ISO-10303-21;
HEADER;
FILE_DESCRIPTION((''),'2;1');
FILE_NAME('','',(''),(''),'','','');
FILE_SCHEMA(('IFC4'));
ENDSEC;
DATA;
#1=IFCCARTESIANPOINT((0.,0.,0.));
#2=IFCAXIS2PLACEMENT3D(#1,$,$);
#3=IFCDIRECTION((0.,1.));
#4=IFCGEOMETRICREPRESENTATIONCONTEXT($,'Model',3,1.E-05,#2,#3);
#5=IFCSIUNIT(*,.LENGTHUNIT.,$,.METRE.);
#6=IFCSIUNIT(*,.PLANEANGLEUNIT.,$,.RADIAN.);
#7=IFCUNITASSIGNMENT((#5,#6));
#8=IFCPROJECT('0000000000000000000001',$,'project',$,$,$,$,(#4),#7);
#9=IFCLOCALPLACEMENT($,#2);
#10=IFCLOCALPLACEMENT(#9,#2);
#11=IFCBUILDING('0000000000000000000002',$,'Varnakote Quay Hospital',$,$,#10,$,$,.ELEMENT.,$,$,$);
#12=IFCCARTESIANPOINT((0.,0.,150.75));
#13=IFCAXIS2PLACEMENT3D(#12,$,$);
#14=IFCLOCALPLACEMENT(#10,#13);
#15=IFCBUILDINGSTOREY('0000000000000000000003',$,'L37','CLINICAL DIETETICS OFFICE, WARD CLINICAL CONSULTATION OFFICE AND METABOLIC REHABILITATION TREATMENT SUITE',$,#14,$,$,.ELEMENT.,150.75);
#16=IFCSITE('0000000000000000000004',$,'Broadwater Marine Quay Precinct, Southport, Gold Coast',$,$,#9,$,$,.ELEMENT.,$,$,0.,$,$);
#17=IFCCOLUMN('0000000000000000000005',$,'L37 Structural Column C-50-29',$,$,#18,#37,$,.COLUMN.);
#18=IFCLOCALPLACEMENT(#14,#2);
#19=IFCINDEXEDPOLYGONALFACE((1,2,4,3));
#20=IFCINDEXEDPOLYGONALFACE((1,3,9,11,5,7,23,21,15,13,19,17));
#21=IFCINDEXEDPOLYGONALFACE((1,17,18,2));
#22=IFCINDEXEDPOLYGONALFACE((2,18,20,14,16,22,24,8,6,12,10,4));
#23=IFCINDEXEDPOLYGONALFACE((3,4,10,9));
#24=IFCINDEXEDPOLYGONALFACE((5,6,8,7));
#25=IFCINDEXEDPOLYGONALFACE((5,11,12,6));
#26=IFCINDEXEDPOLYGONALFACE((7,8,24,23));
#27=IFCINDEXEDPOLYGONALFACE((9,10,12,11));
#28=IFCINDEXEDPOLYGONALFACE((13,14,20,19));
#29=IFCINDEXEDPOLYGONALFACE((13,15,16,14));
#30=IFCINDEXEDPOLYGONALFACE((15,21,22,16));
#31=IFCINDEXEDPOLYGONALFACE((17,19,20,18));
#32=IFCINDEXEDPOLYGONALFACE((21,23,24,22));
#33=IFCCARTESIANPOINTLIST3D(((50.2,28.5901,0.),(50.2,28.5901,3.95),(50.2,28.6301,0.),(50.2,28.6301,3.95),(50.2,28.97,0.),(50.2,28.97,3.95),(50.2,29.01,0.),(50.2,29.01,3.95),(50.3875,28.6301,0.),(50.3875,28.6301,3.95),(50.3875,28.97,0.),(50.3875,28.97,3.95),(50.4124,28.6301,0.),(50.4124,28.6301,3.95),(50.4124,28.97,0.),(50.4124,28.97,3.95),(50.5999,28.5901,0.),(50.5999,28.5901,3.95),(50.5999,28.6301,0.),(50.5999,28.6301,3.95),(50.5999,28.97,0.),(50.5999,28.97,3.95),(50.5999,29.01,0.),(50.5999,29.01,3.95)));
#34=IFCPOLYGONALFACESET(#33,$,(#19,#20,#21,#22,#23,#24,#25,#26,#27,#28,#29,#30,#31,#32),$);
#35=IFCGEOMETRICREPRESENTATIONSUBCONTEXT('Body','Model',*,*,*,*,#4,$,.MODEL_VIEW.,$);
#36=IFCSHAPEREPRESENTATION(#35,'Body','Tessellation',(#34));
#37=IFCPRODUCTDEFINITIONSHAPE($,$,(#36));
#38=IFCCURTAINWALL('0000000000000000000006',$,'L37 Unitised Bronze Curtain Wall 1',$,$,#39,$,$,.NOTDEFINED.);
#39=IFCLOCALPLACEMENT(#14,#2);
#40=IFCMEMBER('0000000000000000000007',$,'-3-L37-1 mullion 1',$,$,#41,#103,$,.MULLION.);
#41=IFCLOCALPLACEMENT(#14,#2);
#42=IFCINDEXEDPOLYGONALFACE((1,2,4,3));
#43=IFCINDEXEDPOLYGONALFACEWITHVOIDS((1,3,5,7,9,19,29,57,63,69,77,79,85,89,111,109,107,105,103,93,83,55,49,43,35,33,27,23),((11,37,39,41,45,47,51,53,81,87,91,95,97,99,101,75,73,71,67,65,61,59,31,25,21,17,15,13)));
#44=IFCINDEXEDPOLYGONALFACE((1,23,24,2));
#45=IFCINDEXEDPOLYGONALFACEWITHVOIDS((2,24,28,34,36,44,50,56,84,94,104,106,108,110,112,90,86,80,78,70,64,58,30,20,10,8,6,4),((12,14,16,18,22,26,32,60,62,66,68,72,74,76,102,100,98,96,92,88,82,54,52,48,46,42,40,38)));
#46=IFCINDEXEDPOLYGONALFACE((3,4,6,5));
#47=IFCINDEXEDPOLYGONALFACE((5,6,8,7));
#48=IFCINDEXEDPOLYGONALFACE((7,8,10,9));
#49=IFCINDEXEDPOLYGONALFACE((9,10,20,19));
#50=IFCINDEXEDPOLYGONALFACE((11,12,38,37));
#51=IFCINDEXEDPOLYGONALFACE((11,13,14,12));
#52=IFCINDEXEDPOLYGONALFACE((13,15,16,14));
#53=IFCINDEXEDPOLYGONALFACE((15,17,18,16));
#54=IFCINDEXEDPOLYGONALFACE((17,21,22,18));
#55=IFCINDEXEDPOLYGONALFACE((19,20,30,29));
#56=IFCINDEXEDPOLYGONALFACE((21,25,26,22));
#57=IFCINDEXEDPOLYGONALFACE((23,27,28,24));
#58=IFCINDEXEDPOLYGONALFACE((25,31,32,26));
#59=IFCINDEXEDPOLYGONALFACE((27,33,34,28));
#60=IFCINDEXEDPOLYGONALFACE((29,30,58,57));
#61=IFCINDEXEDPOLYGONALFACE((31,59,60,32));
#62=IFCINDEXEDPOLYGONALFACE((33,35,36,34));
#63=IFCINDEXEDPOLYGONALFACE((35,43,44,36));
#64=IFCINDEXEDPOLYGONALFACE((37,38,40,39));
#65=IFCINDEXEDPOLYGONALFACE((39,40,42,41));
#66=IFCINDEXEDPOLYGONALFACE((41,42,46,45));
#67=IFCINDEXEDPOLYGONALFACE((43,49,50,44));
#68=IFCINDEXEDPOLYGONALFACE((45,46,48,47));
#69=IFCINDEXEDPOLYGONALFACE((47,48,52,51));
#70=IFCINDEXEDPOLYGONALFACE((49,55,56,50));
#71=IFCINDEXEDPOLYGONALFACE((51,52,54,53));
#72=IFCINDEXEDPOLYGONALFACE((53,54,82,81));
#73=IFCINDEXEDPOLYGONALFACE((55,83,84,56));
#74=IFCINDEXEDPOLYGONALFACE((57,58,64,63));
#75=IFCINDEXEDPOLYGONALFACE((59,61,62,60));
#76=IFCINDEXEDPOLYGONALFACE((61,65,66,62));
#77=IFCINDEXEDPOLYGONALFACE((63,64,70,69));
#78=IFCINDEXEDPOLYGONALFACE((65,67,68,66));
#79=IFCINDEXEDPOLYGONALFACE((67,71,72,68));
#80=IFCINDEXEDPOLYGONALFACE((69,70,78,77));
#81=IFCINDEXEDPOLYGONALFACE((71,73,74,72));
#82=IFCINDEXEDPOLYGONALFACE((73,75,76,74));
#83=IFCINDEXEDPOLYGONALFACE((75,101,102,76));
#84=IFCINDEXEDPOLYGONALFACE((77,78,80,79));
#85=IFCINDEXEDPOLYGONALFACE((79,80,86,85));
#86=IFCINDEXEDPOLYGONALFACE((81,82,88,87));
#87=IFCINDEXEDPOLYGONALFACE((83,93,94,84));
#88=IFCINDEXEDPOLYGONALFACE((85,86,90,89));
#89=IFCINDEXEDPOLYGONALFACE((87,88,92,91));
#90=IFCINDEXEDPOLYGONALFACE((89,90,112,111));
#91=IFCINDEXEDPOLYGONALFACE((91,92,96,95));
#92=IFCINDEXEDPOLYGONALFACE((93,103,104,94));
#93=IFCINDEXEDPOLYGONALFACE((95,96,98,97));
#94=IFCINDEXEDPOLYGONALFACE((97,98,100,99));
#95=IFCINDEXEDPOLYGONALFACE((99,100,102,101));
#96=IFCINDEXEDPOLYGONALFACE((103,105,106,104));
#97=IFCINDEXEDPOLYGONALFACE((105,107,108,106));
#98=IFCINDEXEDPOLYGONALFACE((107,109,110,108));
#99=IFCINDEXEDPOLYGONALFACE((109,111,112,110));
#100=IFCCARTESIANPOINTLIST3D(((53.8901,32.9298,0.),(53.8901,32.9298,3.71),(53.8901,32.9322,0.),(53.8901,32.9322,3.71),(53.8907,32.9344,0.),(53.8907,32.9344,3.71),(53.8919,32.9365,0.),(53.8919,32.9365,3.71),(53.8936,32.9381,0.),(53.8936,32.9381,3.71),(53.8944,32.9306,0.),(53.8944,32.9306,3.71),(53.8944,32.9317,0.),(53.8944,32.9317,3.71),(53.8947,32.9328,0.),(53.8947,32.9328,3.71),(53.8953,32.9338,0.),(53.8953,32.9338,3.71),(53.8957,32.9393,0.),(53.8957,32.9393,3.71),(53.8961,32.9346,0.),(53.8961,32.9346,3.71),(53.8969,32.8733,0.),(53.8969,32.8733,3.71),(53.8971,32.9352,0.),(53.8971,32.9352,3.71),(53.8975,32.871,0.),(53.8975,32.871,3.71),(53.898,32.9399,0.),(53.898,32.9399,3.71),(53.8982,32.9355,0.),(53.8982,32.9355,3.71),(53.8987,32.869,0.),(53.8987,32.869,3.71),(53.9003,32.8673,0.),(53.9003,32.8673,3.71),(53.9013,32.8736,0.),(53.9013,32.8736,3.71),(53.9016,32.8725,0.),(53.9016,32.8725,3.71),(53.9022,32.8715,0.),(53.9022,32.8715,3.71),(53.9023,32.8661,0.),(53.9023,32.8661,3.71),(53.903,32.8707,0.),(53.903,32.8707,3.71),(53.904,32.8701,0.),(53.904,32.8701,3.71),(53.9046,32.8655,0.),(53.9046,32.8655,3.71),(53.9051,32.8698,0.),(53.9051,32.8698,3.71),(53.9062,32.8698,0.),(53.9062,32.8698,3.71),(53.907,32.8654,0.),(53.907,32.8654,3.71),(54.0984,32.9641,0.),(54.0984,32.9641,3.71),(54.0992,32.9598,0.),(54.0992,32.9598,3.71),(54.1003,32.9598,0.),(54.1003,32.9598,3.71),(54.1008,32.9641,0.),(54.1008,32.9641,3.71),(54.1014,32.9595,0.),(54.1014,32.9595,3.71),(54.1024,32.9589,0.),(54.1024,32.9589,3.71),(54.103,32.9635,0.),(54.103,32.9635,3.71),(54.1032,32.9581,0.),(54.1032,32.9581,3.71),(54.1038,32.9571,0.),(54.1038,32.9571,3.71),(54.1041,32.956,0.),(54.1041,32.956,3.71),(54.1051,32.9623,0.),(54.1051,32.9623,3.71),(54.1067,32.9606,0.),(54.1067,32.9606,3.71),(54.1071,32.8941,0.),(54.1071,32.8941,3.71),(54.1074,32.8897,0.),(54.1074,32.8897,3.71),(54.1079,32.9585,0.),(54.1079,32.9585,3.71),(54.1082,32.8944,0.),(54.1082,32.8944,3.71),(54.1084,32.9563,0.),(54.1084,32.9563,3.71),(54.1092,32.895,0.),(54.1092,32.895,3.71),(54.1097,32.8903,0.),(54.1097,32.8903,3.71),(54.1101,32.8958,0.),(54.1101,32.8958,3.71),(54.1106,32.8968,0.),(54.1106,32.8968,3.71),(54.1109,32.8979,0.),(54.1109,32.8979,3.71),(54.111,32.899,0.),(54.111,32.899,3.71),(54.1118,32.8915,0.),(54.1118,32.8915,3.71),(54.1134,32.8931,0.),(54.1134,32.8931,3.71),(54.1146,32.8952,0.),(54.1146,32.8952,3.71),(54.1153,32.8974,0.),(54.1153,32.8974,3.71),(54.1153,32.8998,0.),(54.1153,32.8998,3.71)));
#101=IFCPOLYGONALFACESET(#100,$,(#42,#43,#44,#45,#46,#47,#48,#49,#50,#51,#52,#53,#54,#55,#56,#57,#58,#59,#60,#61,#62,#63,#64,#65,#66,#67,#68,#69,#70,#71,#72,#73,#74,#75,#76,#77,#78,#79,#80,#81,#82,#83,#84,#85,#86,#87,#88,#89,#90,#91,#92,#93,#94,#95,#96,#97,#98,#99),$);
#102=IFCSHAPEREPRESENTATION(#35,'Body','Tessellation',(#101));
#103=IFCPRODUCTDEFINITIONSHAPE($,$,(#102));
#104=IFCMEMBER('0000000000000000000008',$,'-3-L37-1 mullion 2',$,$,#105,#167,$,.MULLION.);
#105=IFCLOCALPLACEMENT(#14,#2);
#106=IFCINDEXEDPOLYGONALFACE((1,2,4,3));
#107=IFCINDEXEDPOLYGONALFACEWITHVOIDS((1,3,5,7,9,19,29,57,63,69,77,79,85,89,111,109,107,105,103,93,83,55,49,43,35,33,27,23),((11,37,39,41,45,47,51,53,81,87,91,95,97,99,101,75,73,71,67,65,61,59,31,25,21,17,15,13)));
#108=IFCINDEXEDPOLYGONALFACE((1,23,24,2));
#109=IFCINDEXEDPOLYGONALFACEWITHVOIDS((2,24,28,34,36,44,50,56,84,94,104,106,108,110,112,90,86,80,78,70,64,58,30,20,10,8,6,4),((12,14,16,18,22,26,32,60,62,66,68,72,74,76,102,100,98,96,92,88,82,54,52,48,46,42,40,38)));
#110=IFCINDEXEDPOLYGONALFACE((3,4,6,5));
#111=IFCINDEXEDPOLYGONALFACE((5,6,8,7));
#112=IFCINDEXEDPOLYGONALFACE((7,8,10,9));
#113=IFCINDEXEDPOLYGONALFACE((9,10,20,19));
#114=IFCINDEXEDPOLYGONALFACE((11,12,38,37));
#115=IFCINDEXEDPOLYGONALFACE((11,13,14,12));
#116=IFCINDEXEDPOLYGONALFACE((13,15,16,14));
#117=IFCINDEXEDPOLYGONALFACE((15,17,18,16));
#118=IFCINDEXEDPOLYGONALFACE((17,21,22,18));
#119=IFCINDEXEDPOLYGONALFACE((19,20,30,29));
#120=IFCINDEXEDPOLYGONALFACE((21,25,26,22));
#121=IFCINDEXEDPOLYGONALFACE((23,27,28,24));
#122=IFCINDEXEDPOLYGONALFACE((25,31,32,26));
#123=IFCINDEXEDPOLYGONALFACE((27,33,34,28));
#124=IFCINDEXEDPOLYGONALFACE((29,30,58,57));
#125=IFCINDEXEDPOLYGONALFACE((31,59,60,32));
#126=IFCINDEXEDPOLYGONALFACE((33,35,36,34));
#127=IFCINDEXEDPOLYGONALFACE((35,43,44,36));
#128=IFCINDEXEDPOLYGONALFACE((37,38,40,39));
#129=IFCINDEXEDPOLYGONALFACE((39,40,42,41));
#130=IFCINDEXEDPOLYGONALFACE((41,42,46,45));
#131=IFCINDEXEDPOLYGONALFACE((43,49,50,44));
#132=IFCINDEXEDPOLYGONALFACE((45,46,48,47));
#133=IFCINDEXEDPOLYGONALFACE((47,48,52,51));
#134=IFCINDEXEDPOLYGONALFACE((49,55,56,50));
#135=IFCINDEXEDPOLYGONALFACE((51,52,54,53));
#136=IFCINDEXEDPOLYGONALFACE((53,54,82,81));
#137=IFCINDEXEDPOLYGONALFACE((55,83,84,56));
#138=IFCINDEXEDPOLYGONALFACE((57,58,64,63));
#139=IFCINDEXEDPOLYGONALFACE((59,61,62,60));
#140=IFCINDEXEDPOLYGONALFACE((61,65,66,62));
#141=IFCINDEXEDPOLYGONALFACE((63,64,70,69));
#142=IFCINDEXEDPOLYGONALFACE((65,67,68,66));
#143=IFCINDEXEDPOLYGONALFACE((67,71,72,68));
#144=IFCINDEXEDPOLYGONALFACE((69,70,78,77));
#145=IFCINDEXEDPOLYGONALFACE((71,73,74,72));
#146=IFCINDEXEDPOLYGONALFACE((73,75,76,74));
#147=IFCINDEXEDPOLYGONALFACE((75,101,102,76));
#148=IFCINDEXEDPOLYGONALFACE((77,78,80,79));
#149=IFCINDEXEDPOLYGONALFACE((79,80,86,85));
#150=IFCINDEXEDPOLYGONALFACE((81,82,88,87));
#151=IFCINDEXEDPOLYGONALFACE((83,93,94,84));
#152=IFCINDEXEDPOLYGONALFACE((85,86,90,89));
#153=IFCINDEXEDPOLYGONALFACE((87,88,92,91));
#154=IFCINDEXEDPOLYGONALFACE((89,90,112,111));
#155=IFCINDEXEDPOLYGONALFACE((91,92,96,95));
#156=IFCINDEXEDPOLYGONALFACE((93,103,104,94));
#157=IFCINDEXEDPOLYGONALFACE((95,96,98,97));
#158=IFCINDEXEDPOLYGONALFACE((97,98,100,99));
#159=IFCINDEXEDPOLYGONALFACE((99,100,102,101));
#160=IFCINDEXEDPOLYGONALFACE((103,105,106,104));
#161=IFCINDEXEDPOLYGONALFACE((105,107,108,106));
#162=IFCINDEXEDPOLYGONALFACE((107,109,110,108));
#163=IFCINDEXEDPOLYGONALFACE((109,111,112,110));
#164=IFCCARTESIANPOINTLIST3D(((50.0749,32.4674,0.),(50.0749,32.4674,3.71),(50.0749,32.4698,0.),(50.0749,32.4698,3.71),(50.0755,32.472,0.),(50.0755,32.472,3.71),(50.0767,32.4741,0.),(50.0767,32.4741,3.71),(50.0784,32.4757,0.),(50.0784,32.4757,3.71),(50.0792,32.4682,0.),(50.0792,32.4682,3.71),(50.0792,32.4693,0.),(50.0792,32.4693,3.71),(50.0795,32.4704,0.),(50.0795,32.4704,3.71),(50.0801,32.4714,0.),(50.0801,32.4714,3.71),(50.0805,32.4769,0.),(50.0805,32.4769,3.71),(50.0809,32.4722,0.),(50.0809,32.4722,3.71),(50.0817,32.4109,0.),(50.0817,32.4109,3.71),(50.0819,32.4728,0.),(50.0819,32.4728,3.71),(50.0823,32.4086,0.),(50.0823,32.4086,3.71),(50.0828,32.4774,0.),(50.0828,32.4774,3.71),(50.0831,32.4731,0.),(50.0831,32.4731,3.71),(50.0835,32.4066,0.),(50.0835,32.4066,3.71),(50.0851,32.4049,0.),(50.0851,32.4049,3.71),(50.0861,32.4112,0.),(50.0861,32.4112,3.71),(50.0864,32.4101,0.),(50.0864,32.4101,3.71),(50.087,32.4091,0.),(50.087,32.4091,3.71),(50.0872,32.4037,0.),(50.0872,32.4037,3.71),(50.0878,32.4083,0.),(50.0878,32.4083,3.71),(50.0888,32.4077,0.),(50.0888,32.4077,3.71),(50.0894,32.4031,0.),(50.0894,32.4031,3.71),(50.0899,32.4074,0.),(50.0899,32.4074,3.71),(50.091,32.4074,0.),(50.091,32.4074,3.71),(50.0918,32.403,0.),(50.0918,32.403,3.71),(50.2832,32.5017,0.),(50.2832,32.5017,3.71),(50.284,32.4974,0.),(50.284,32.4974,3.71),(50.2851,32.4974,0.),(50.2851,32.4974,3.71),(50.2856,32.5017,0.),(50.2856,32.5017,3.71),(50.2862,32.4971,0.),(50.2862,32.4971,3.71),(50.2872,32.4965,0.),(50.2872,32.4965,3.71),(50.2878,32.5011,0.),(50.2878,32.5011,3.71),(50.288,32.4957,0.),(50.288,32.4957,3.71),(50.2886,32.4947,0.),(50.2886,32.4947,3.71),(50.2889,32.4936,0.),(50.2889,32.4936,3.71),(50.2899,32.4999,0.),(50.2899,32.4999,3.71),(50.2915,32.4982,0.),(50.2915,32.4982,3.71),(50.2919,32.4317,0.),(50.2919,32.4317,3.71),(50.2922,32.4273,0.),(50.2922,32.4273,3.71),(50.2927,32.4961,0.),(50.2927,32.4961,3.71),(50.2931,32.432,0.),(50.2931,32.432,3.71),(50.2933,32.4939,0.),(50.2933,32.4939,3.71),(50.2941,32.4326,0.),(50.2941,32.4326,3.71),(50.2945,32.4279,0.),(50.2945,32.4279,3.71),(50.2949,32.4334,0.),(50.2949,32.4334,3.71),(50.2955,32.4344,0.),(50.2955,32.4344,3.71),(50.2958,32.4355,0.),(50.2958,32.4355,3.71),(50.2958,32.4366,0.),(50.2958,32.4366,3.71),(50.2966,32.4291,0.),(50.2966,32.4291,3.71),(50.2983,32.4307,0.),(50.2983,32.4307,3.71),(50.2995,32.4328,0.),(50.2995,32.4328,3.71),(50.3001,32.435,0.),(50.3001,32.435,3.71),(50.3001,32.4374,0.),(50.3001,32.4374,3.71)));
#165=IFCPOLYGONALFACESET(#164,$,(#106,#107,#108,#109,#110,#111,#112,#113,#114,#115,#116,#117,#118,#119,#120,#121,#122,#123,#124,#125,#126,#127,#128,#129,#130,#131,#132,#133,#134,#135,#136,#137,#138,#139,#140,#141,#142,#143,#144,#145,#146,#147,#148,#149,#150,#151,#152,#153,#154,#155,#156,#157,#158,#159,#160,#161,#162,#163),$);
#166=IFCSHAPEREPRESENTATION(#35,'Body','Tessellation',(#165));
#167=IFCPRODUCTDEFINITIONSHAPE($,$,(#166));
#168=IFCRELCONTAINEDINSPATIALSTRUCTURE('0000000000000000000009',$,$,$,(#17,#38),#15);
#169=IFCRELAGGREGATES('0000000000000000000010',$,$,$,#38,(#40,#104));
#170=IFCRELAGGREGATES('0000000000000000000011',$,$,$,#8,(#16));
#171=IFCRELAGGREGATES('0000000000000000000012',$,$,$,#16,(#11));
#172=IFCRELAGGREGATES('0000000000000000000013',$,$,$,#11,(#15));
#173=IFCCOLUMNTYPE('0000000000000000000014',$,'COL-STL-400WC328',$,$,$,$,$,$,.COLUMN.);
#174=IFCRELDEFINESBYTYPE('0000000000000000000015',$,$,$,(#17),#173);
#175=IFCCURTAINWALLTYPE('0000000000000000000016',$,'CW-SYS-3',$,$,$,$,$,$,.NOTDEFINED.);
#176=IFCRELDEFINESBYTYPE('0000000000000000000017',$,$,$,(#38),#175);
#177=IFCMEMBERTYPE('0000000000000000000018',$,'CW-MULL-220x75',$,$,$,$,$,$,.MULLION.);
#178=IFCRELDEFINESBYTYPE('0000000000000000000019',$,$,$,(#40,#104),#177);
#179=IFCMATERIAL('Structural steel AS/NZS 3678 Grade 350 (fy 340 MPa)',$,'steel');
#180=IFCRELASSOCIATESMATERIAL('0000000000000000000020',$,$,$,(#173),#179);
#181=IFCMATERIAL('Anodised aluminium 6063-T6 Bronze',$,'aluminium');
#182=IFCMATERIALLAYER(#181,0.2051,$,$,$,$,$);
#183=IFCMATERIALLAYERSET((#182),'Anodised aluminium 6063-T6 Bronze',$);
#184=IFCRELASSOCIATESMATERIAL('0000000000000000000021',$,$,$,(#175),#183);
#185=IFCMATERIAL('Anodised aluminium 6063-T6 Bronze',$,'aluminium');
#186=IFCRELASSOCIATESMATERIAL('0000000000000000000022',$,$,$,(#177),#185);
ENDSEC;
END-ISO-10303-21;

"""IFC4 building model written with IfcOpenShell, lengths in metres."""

from ifc_helpers import new_model, si_unit, direction, frame, origin, origin_2d, place, context, subcontext, project, spatial, hollow_rectangle, i_section, extrude, material, layer, layer_set, material_profile, profile_set, type_object, element, aggregate, save


model = new_model("IFC4")

# Units and contexts
model_context = context("Model", 3, precision=1e-05, world=origin(), true_north=direction((0.0, 1.0)))
body_context = subcontext(model_context, "Body", "Model", "MODEL_VIEW")
ifc_project = project(units=[si_unit("LENGTHUNIT", "METRE"), si_unit("PLANEANGLEUNIT", "RADIAN")], contexts=[model_context])

# Site, building, storey
site_placement = place(None, origin())
site = spatial("IfcSite", under=ifc_project, at=site_placement, Name="Broadwater Marine Quay Precinct, Southport, Gold Coast", CompositionType="ELEMENT", RefElevation=0.0)
building_placement = place(site_placement, origin())
building = spatial("IfcBuilding", under=site, at=building_placement, Name="Varnakote Quay Hospital", CompositionType="ELEMENT")
storey_placement = place(building_placement, frame((0.0, 0.0, 150.75)))
storey = spatial("IfcBuildingStorey", under=building, at=storey_placement, Name="L37", Description="CLINICAL DIETETICS OFFICE, WARD CLINICAL CONSULTATION OFFICE AND METABOLIC REHABILITATION TREATMENT SUITE", CompositionType="ELEMENT", Elevation=150.75)

# Column
ifc_material_1 = material(Name="Structural steel AS/NZS 3678 Grade 350 (fy 340 MPa)", Category="steel")
ifc_material_profile_1 = material_profile(ifc_material_1, i_section(OverallWidth=0.3999, OverallDepth=0.4199, WebThickness=0.0249, FlangeThickness=0.04, at=origin_2d()), Name="400WC328")
ifc_profile_set_1 = profile_set([ifc_material_profile_1], Name="Structural steel AS/NZS 3678 Grade 350 (fy 340 MPa)")
column_type = type_object("IfcColumnType", Name="COL-STL-400WC328", PredefinedType="COLUMN", material=ifc_profile_set_1)
column_placement = place(storey_placement, frame((50.3999, 28.8, 0.0), z_axis=(0.0, 0.0, 1.0), x_axis=(1.0, 0.0, 0.0)))
element("IfcColumn", 1, at=column_placement, inside=storey, type_object=column_type, Name="L37 Structural Column C-50-29", PredefinedType="COLUMN", context=body_context, shape_type="SweptSolid", body=[
    extrude(i_section(OverallWidth=0.3999, OverallDepth=0.4199, WebThickness=0.0249, FlangeThickness=0.04, at=origin_2d()), origin(), (0.0, 0.0, 1.0), 3.95),
])

# Curtain wall, members
ifc_material_2 = material(Name="Anodised aluminium 6063-T6 Bronze", Category="aluminium")
ifc_layer_1 = layer(ifc_material_2, 0.2051)
ifc_layer_set_1 = layer_set([ifc_layer_1], Name="Anodised aluminium 6063-T6 Bronze")
curtain_wall_type = type_object("IfcCurtainWallType", Name="CW-SYS-3", PredefinedType="NOTDEFINED", material=ifc_layer_set_1)
curtain_wall_placement = place(storey_placement, origin())
curtain_wall = element("IfcCurtainWall", 2, at=curtain_wall_placement, inside=storey, type_object=curtain_wall_type, Name="L37 Unitised Bronze Curtain Wall 1", PredefinedType="NOTDEFINED")
ifc_material_3 = material(Name="Anodised aluminium 6063-T6 Bronze", Category="aluminium")
ifc_material_profile_2 = material_profile(ifc_material_3, hollow_rectangle(XDim=0.075, YDim=0.22, WallThickness=0.0044, InnerFilletRadius=0.0044, OuterFilletRadius=0.009, at=origin_2d()), Name="CW-MULL-220x75")
ifc_profile_set_2 = profile_set([ifc_material_profile_2], Name="Anodised aluminium 6063-T6 Bronze")
member_type_1 = type_object("IfcMemberType", Name="CW-MULL-220x75", PredefinedType="MULLION", material=ifc_profile_set_2)
member_1_placement = place(storey_placement, frame((54.0027, 32.9148, 0.0), z_axis=(0.0, 0.0, 1.0), x_axis=(0.120327, -0.992734, 0.0)))
member_1 = element("IfcMember", 3, at=member_1_placement, type_object=member_type_1, Name="-3-L37-1 mullion 1", PredefinedType="MULLION", context=body_context, shape_type="SweptSolid", body=[
    extrude(hollow_rectangle(XDim=0.075, YDim=0.22, WallThickness=0.0044, InnerFilletRadius=0.0044, OuterFilletRadius=0.009, at=origin_2d()), origin(), (0.0, 0.0, 1.0), 3.71),
])
member_2_placement = place(storey_placement, frame((50.1875, 32.4524, 0.0), z_axis=(0.0, 0.0, 1.0), x_axis=(0.120327, -0.992734, 0.0)))
member_2 = element("IfcMember", 4, at=member_2_placement, type_object=member_type_1, Name="-3-L37-1 mullion 2", PredefinedType="MULLION", context=body_context, shape_type="SweptSolid", body=[
    extrude(hollow_rectangle(XDim=0.075, YDim=0.22, WallThickness=0.0044, InnerFilletRadius=0.0044, OuterFilletRadius=0.009, at=origin_2d()), origin(), (0.0, 0.0, 1.0), 3.71),
])
aggregate(curtain_wall, [member_1, member_2])

save(model, "model.ifc")
